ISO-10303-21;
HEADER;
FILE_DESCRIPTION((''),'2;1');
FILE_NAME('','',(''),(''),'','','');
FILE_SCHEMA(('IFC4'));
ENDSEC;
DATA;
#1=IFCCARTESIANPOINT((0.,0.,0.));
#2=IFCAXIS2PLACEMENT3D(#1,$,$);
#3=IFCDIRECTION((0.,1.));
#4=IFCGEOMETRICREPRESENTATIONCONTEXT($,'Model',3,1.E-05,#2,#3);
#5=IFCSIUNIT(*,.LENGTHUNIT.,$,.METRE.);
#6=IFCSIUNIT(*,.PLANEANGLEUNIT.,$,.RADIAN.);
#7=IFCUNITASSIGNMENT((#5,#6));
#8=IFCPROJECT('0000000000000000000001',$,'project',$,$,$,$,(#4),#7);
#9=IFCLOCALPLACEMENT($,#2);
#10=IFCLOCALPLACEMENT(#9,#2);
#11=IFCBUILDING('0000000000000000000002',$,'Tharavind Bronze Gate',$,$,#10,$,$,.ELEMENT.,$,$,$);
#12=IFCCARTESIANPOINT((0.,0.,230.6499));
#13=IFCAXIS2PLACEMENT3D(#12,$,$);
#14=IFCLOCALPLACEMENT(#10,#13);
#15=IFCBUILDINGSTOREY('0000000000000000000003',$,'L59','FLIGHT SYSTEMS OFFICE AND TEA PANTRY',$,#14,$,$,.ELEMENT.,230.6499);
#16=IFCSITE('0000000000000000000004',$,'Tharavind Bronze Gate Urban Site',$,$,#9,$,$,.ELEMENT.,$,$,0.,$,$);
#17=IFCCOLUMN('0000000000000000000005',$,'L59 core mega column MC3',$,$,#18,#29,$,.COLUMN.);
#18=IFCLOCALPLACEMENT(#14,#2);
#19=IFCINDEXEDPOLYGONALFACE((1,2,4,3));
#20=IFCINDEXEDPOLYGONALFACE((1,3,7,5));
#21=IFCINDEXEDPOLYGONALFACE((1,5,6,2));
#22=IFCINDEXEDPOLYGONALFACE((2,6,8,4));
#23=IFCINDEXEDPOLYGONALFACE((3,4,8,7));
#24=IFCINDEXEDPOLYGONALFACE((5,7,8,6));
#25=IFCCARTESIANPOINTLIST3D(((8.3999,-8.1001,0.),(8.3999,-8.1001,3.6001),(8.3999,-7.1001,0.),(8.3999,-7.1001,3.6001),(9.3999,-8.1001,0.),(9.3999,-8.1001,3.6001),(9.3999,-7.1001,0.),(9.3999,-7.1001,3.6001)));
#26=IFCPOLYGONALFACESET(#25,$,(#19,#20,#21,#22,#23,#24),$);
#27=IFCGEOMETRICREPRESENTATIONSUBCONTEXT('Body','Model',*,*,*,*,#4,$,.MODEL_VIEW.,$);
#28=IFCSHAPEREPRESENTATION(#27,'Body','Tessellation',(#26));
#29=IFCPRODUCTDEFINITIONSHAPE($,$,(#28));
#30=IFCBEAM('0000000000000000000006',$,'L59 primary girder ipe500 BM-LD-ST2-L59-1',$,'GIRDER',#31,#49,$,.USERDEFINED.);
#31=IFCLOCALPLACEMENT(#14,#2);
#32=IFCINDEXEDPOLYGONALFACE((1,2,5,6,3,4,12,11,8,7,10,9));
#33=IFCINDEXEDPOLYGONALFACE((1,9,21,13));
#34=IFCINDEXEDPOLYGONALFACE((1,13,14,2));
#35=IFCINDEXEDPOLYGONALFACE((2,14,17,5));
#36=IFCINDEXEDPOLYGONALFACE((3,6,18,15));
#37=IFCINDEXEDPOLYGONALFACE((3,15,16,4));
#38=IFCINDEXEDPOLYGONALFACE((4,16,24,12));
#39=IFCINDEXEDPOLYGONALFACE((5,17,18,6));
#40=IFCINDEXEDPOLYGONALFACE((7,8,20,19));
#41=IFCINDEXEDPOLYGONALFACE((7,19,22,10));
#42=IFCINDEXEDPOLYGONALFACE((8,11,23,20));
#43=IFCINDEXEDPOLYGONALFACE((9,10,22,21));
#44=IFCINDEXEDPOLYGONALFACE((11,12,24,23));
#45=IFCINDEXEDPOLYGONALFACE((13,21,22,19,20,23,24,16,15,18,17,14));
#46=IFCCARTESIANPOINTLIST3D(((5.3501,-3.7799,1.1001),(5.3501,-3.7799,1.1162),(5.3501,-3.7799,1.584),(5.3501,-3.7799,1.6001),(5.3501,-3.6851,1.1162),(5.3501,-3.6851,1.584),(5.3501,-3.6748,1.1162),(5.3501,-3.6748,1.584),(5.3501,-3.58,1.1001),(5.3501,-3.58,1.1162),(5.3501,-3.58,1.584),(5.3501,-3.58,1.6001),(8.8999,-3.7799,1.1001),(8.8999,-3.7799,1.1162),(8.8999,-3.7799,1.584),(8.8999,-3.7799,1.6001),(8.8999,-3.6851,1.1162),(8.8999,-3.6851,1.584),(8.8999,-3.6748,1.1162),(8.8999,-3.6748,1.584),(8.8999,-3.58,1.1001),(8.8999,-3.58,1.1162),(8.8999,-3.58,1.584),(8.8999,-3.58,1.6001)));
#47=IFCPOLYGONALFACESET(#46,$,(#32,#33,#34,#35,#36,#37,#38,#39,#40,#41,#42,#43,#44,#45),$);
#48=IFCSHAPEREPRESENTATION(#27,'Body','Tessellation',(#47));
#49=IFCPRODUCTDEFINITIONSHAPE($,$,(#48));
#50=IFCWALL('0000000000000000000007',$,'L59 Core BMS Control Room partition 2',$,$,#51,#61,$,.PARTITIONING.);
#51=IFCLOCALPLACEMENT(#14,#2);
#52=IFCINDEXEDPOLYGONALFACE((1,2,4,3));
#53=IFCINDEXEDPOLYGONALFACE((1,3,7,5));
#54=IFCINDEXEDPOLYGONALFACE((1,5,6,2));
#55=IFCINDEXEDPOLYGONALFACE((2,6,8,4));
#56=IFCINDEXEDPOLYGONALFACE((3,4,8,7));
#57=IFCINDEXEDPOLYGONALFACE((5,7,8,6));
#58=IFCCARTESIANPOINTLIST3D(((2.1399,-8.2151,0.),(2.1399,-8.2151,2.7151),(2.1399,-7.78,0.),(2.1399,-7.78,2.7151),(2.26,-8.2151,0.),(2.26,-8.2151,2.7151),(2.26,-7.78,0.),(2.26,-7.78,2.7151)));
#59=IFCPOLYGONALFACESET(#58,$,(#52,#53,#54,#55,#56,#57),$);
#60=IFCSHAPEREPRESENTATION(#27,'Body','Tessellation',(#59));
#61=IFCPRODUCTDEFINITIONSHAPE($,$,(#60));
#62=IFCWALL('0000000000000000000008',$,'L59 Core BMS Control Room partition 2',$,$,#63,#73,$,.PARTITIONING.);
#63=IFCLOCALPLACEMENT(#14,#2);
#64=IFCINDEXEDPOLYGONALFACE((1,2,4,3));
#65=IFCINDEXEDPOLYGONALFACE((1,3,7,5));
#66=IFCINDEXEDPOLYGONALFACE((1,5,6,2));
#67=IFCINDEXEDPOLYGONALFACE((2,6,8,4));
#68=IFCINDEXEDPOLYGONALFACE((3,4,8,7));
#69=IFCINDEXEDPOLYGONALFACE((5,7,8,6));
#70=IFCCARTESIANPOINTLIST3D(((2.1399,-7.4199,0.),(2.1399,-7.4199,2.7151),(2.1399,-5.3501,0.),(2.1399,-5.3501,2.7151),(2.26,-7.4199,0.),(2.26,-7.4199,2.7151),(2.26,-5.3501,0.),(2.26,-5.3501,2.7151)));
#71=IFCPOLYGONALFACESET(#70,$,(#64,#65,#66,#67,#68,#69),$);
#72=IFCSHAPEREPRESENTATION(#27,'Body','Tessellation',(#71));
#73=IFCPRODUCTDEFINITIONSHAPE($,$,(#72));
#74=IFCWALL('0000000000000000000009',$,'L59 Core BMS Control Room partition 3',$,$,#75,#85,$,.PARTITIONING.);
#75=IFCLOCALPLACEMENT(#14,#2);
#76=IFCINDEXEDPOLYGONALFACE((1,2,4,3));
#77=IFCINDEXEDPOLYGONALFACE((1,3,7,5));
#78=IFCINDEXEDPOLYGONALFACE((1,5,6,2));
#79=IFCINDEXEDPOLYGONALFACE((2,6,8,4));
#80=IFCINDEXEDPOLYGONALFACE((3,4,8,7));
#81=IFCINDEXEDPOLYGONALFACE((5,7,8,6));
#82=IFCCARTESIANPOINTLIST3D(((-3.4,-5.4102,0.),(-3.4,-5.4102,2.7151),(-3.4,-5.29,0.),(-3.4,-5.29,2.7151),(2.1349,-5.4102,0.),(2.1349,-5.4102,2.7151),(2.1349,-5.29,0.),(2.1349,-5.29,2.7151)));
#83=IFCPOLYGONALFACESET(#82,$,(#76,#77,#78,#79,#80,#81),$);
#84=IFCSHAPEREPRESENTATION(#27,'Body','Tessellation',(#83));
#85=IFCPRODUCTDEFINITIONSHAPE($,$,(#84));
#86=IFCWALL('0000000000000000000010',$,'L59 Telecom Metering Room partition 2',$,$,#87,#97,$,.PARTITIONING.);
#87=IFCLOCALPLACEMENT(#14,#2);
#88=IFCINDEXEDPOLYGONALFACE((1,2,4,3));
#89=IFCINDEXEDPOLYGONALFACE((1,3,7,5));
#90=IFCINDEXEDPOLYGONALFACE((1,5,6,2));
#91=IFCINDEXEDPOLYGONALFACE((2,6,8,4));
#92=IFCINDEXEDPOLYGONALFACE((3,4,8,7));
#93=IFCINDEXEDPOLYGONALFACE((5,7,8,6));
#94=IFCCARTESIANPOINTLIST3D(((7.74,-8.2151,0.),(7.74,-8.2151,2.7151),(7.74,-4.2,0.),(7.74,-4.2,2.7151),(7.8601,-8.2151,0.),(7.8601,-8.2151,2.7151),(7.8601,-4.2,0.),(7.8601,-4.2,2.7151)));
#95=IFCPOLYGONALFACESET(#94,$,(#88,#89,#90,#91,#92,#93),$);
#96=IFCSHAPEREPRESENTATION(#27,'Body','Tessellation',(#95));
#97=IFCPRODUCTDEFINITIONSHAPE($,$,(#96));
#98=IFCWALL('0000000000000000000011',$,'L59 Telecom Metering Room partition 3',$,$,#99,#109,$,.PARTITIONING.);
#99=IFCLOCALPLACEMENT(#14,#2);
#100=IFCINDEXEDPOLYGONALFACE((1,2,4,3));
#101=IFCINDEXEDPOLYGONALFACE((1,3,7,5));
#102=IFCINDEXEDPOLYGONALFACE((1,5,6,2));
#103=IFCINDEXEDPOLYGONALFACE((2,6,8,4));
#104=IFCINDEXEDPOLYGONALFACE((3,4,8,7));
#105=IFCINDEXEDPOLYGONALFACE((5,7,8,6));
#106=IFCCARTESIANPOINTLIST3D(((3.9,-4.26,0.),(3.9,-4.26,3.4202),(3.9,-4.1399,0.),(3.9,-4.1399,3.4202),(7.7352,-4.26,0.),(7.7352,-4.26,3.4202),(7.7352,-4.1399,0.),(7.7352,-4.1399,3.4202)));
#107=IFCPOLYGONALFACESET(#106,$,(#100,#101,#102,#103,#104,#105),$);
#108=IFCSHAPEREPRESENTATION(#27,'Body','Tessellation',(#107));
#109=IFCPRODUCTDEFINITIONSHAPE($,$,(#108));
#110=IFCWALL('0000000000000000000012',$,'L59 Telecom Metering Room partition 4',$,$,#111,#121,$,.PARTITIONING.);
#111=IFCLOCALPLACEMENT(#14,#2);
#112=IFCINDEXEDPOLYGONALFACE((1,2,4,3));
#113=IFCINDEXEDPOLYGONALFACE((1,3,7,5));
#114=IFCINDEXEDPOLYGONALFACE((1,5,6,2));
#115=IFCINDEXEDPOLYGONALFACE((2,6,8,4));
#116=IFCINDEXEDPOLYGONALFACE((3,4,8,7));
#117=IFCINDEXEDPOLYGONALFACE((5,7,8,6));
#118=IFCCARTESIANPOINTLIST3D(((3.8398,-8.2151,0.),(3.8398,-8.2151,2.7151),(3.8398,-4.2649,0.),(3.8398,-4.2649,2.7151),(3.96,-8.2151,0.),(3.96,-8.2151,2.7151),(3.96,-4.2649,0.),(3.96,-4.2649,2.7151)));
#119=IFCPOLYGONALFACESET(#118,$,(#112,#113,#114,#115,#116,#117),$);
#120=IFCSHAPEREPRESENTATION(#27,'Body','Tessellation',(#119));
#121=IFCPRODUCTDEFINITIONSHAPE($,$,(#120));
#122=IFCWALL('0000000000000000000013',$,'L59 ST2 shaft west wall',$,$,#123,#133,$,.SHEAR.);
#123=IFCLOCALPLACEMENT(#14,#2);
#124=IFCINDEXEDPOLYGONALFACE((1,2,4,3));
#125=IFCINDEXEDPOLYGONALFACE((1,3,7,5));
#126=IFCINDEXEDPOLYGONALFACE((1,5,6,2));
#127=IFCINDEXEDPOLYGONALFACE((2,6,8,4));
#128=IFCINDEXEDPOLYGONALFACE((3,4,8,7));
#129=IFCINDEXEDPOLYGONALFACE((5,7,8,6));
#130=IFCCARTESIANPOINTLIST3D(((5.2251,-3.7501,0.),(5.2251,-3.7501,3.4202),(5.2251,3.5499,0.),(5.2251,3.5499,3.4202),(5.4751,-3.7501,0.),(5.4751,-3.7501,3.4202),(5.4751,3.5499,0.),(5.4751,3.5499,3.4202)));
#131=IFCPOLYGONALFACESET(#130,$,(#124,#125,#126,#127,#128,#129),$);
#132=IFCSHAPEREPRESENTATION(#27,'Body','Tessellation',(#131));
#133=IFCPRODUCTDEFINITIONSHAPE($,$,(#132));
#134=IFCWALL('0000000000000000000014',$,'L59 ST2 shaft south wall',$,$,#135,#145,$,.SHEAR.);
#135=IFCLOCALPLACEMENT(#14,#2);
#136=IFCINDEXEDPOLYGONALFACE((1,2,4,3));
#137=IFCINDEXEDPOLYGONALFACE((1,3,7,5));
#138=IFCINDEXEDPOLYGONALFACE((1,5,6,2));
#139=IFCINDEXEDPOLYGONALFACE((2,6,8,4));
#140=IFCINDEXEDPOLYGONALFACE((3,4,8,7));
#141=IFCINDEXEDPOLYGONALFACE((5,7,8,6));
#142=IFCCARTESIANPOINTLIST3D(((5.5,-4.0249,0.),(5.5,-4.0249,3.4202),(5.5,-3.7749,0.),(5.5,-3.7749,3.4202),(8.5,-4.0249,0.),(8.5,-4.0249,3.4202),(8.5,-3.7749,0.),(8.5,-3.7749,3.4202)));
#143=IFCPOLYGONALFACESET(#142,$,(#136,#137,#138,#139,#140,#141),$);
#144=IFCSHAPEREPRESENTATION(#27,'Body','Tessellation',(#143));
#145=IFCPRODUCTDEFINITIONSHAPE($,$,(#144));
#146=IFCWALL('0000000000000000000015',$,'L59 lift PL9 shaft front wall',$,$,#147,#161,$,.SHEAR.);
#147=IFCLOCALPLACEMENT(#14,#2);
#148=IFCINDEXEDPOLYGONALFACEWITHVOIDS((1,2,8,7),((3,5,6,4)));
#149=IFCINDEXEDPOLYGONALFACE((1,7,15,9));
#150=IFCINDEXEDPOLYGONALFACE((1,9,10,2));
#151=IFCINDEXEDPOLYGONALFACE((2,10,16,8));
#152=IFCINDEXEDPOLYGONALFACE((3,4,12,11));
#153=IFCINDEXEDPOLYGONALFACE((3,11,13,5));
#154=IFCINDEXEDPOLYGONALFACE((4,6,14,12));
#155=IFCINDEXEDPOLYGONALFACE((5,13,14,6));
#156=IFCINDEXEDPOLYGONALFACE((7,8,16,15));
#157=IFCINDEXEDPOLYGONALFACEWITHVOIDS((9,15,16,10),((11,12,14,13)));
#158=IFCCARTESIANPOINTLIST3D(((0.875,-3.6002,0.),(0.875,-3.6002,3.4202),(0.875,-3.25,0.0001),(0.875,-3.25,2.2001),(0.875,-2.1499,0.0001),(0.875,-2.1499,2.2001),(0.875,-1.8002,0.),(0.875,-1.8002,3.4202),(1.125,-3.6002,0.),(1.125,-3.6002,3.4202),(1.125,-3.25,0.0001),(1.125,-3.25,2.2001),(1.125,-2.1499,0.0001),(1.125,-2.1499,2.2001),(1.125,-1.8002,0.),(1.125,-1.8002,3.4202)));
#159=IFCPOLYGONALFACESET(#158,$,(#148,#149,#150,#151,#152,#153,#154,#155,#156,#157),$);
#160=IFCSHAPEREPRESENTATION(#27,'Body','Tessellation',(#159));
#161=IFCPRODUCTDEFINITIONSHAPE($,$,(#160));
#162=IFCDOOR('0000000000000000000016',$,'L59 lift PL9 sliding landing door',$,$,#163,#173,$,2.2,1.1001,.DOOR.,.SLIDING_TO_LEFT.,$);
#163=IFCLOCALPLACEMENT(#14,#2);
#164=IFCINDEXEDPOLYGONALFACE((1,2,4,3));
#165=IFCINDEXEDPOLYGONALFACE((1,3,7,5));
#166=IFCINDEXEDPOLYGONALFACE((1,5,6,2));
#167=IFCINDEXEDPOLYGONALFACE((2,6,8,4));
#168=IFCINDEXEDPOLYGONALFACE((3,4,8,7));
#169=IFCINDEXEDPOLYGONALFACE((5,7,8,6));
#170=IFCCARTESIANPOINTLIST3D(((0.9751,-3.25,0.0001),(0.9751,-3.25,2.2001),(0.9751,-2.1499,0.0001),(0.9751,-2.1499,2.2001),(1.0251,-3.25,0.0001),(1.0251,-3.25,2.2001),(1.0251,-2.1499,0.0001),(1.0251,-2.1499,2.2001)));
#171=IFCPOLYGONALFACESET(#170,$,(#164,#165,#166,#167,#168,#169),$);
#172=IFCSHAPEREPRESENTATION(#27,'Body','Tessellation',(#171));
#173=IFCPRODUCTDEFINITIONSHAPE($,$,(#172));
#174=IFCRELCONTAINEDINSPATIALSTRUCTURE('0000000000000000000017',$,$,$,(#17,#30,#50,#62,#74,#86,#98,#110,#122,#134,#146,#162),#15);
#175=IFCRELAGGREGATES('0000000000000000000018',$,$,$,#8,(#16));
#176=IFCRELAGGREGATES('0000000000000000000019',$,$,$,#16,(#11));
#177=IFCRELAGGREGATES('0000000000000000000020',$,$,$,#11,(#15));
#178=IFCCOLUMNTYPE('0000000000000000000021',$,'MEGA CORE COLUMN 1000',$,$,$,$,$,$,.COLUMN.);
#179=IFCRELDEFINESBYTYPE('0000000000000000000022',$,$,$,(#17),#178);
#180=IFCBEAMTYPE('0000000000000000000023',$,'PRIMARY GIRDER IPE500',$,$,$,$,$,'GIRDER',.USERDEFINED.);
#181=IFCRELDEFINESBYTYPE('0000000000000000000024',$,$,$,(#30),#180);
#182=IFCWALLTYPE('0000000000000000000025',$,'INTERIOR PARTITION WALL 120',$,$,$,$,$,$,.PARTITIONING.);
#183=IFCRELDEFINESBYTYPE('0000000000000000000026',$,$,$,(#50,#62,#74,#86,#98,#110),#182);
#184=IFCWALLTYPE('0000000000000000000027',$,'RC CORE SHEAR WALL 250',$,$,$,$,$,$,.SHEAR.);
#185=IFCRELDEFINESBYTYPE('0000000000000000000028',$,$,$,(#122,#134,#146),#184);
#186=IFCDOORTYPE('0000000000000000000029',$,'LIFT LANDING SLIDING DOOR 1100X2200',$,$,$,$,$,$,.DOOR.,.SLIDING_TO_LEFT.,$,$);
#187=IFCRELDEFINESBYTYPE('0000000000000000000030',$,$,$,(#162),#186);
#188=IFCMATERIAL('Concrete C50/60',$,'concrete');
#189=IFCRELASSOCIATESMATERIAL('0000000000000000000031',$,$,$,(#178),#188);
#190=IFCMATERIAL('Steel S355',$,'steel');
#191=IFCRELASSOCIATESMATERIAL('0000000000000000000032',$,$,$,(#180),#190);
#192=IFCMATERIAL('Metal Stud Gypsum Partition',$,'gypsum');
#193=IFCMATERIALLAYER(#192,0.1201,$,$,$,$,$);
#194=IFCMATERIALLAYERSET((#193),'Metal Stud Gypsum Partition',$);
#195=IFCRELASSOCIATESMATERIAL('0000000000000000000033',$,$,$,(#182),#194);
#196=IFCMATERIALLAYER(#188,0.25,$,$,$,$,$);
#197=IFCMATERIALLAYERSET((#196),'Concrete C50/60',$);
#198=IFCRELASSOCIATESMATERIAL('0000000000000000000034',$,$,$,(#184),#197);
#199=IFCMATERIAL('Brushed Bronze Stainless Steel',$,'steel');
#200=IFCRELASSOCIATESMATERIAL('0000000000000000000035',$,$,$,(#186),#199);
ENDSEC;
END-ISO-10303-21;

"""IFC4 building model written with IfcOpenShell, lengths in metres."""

from ifc_helpers import new_model, si_unit, direction, frame, frame_2d, origin, origin_2d, place, context, subcontext, project, spatial, rectangle, i_section, extrude, material, layer, layer_set, material_profile, profile_set, type_object, element, fill, save


model = new_model("IFC4")

# Units and contexts
model_context = context("Model", 3, precision=1e-05, world=origin(), true_north=direction((0.0, 1.0)))
body_context = subcontext(model_context, "Body", "Model", "MODEL_VIEW")
ifc_project = project(units=[si_unit("LENGTHUNIT", "METRE"), si_unit("PLANEANGLEUNIT", "RADIAN")], contexts=[model_context])

# Site, building, storey
site_placement = place(None, origin())
site = spatial("IfcSite", under=ifc_project, at=site_placement, Name="Tharavind Bronze Gate Urban Site", CompositionType="ELEMENT", RefElevation=0.0)
building_placement = place(site_placement, origin())
building = spatial("IfcBuilding", under=site, at=building_placement, Name="Tharavind Bronze Gate", CompositionType="ELEMENT")
storey_placement = place(building_placement, frame((0.0, 0.0, 230.6499)))
storey = spatial("IfcBuildingStorey", under=building, at=storey_placement, Name="L59", Description="FLIGHT SYSTEMS OFFICE AND TEA PANTRY", CompositionType="ELEMENT", Elevation=230.6499)

# Column
ifc_material_1 = material(Name="Concrete C50/60", Category="concrete")
ifc_material_profile_1 = material_profile(ifc_material_1, rectangle(XDim=1.0, YDim=1.0, at=origin_2d()), Name="RCCOL1000")
ifc_profile_set_1 = profile_set([ifc_material_profile_1], Name="Concrete C50/60")
column_type = type_object("IfcColumnType", Name="MEGA CORE COLUMN 1000", PredefinedType="COLUMN", material=ifc_profile_set_1)
column_placement = place(storey_placement, frame((8.8999, -7.6001, 0.0), z_axis=(0.0, 0.0, 1.0), x_axis=(1.0, 0.0, 0.0)))
element("IfcColumn", 1, at=column_placement, inside=storey, type_object=column_type, Name="L59 core mega column MC3", PredefinedType="COLUMN", context=body_context, shape_type="SweptSolid", body=[
    extrude(rectangle(XDim=1.0, YDim=1.0, at=origin_2d()), origin(), (0.0, 0.0, 1.0), 3.6001),
])

# Beam
ifc_material_2 = material(Name="Steel S355", Category="steel")
ifc_material_profile_2 = material_profile(ifc_material_2, i_section(OverallWidth=0.2, OverallDepth=0.5, WebThickness=0.0103, FlangeThickness=0.0161, at=origin_2d()), Name="IPE500")
ifc_profile_set_2 = profile_set([ifc_material_profile_2], Name="Steel S355")
beam_type = type_object("IfcBeamType", Name="PRIMARY GIRDER IPE500", ElementType="GIRDER", PredefinedType="USERDEFINED", material=ifc_profile_set_2)
beam_placement = place(storey_placement, frame((5.3501, -3.6799, 1.3501), z_axis=(1.0, 0.0, 0.0), x_axis=(0.0, 1.0, 0.0)))
element("IfcBeam", 2, at=beam_placement, inside=storey, type_object=beam_type, Name="L59 primary girder ipe500 BM-LD-ST2-L59-1", ObjectType="GIRDER", PredefinedType="USERDEFINED", context=body_context, shape_type="SweptSolid", body=[
    extrude(i_section(OverallWidth=0.2, OverallDepth=0.5, WebThickness=0.0103, FlangeThickness=0.0161, at=origin_2d()), origin(), (0.0, 0.0, 1.0), 3.5498),
])

# Walls
ifc_material_3 = material(Name="Metal Stud Gypsum Partition", Category="gypsum")
ifc_layer_1 = layer(ifc_material_3, 0.1201)
ifc_layer_set_1 = layer_set([ifc_layer_1], Name="Metal Stud Gypsum Partition")
wall_type_1 = type_object("IfcWallType", Name="INTERIOR PARTITION WALL 120", PredefinedType="PARTITIONING", material=ifc_layer_set_1)
wall_1_placement = place(storey_placement, frame((2.2, -8.2151, 0.0), z_axis=(0.0, 0.0, 1.0), x_axis=(0.0, 1.0, 0.0)))
element("IfcWall", 3, at=wall_1_placement, inside=storey, type_object=wall_type_1, Name="L59 Core BMS Control Room partition 2", PredefinedType="PARTITIONING", context=body_context, shape_type="SweptSolid", body=[
    extrude(rectangle(XDim=0.4351, YDim=0.1201, at=frame_2d((0.2175, 0.0))), origin(), (0.0, 0.0, 1.0), 2.7151),
])
wall_2_placement = place(storey_placement, frame((2.2, -7.4199, 0.0), z_axis=(0.0, 0.0, 1.0), x_axis=(0.0, 1.0, 0.0)))
element("IfcWall", 4, at=wall_2_placement, inside=storey, type_object=wall_type_1, Name="L59 Core BMS Control Room partition 2", PredefinedType="PARTITIONING", context=body_context, shape_type="SweptSolid", body=[
    extrude(rectangle(XDim=2.0698, YDim=0.1201, at=frame_2d((1.0349, 0.0))), origin(), (0.0, 0.0, 1.0), 2.7151),
])
wall_3_placement = place(storey_placement, frame((2.135, -5.3501, 0.0), z_axis=(0.0, 0.0, 1.0), x_axis=(-1.0, 0.0, 0.0)))
element("IfcWall", 5, at=wall_3_placement, inside=storey, type_object=wall_type_1, Name="L59 Core BMS Control Room partition 3", PredefinedType="PARTITIONING", context=body_context, shape_type="SweptSolid", body=[
    extrude(rectangle(XDim=5.5349, YDim=0.1201, at=frame_2d((2.7676, 0.0))), origin(), (0.0, 0.0, 1.0), 2.7151),
])
wall_4_placement = place(storey_placement, frame((7.8, -8.2151, 0.0), z_axis=(0.0, 0.0, 1.0), x_axis=(0.0, 1.0, 0.0)))
element("IfcWall", 6, at=wall_4_placement, inside=storey, type_object=wall_type_1, Name="L59 Telecom Metering Room partition 2", PredefinedType="PARTITIONING", context=body_context, shape_type="SweptSolid", body=[
    extrude(rectangle(XDim=4.0151, YDim=0.1201, at=frame_2d((2.0076, 0.0))), origin(), (0.0, 0.0, 1.0), 2.7151),
])
wall_5_placement = place(storey_placement, frame((7.7351, -4.2, 0.0), z_axis=(0.0, 0.0, 1.0), x_axis=(-1.0, 0.0, 0.0)))
element("IfcWall", 7, at=wall_5_placement, inside=storey, type_object=wall_type_1, Name="L59 Telecom Metering Room partition 3", PredefinedType="PARTITIONING", context=body_context, shape_type="SweptSolid", body=[
    extrude(rectangle(XDim=3.8352, YDim=0.1201, at=frame_2d((1.9175, 0.0))), origin(), (0.0, 0.0, 1.0), 3.4202),
])
wall_6_placement = place(storey_placement, frame((3.8999, -4.2649, 0.0), z_axis=(0.0, 0.0, 1.0), x_axis=(0.0, -1.0, 0.0)))
element("IfcWall", 8, at=wall_6_placement, inside=storey, type_object=wall_type_1, Name="L59 Telecom Metering Room partition 4", PredefinedType="PARTITIONING", context=body_context, shape_type="SweptSolid", body=[
    extrude(rectangle(XDim=3.9502, YDim=0.1201, at=frame_2d((1.9751, 0.0))), origin(), (0.0, 0.0, 1.0), 2.7151),
])
ifc_layer_2 = layer(ifc_material_1, 0.25)
ifc_layer_set_2 = layer_set([ifc_layer_2], Name="Concrete C50/60")
wall_type_2 = type_object("IfcWallType", Name="RC CORE SHEAR WALL 250", PredefinedType="SHEAR", material=ifc_layer_set_2)
wall_7_placement = place(storey_placement, frame((5.3501, -3.75, 0.0), z_axis=(0.0, 0.0, 1.0), x_axis=(0.0, 1.0, 0.0)))
element("IfcWall", 9, at=wall_7_placement, inside=storey, type_object=wall_type_2, Name="L59 ST2 shaft west wall", PredefinedType="SHEAR", context=body_context, shape_type="SweptSolid", body=[
    extrude(rectangle(XDim=7.3, YDim=0.25, at=frame_2d((3.6499, 0.0))), origin(), (0.0, 0.0, 1.0), 3.4202),
])
wall_8_placement = place(storey_placement, frame((5.5, -3.8999, 0.0), z_axis=(0.0, 0.0, 1.0), x_axis=(1.0, 0.0, 0.0)))
element("IfcWall", 10, at=wall_8_placement, inside=storey, type_object=wall_type_2, Name="L59 ST2 shaft south wall", PredefinedType="SHEAR", context=body_context, shape_type="SweptSolid", body=[
    extrude(rectangle(XDim=3.0, YDim=0.25, at=frame_2d((1.5, 0.0))), origin(), (0.0, 0.0, 1.0), 3.4202),
])

# Wall, opening, door
wall_9_placement = place(storey_placement, frame((1.0, -3.6001, 0.0), z_axis=(0.0, 0.0, 1.0), x_axis=(0.0, 1.0, 0.0)))
wall_9 = element("IfcWall", 11, at=wall_9_placement, inside=storey, type_object=wall_type_2, Name="L59 lift PL9 shaft front wall", PredefinedType="SHEAR", context=body_context, shape_type="SweptSolid", body=[
    extrude(rectangle(XDim=1.8, YDim=0.25, at=frame_2d((0.8999, 0.0))), origin(), (0.0, 0.0, 1.0), 3.4202),
])
opening_1_placement = place(wall_9_placement, frame((0.3501, 0.0, 0.0)))
opening_1 = element("IfcOpeningElement", 12, at=opening_1_placement, cuts=wall_9, PredefinedType="OPENING", context=body_context, shape_type="SweptSolid", body=[
    extrude(rectangle(XDim=1.1001, YDim=2.2, at=frame_2d((0.55, 1.1001))), frame((0.0, 0.135, 0.0), z_axis=(0.0, -1.0, 0.0), x_axis=(1.0, 0.0, 0.0)), (0.0, 0.0, 1.0), 0.27),
])
ifc_material_4 = material(Name="Brushed Bronze Stainless Steel", Category="steel")
door_type = type_object("IfcDoorType", Name="LIFT LANDING SLIDING DOOR 1100X2200", OperationType="SLIDING_TO_LEFT", PredefinedType="DOOR", material=ifc_material_4)
door_1_placement = place(opening_1_placement, origin())
door_1 = element("IfcDoor", 13, at=door_1_placement, inside=storey, type_object=door_type, Name="L59 lift PL9 sliding landing door", OperationType="SLIDING_TO_LEFT", OverallHeight=2.2, OverallWidth=1.1001, PredefinedType="DOOR", context=body_context, shape_type="SweptSolid", body=[
    extrude(rectangle(XDim=1.1001, YDim=2.2, at=frame_2d((0.55, 1.1001))), frame((0.0, 0.0249, 0.0), z_axis=(0.0, -1.0, 0.0), x_axis=(1.0, 0.0, 0.0)), (0.0, 0.0, 1.0), 0.05),
])
fill(opening_1, door_1)

save(model, "model.ifc")
